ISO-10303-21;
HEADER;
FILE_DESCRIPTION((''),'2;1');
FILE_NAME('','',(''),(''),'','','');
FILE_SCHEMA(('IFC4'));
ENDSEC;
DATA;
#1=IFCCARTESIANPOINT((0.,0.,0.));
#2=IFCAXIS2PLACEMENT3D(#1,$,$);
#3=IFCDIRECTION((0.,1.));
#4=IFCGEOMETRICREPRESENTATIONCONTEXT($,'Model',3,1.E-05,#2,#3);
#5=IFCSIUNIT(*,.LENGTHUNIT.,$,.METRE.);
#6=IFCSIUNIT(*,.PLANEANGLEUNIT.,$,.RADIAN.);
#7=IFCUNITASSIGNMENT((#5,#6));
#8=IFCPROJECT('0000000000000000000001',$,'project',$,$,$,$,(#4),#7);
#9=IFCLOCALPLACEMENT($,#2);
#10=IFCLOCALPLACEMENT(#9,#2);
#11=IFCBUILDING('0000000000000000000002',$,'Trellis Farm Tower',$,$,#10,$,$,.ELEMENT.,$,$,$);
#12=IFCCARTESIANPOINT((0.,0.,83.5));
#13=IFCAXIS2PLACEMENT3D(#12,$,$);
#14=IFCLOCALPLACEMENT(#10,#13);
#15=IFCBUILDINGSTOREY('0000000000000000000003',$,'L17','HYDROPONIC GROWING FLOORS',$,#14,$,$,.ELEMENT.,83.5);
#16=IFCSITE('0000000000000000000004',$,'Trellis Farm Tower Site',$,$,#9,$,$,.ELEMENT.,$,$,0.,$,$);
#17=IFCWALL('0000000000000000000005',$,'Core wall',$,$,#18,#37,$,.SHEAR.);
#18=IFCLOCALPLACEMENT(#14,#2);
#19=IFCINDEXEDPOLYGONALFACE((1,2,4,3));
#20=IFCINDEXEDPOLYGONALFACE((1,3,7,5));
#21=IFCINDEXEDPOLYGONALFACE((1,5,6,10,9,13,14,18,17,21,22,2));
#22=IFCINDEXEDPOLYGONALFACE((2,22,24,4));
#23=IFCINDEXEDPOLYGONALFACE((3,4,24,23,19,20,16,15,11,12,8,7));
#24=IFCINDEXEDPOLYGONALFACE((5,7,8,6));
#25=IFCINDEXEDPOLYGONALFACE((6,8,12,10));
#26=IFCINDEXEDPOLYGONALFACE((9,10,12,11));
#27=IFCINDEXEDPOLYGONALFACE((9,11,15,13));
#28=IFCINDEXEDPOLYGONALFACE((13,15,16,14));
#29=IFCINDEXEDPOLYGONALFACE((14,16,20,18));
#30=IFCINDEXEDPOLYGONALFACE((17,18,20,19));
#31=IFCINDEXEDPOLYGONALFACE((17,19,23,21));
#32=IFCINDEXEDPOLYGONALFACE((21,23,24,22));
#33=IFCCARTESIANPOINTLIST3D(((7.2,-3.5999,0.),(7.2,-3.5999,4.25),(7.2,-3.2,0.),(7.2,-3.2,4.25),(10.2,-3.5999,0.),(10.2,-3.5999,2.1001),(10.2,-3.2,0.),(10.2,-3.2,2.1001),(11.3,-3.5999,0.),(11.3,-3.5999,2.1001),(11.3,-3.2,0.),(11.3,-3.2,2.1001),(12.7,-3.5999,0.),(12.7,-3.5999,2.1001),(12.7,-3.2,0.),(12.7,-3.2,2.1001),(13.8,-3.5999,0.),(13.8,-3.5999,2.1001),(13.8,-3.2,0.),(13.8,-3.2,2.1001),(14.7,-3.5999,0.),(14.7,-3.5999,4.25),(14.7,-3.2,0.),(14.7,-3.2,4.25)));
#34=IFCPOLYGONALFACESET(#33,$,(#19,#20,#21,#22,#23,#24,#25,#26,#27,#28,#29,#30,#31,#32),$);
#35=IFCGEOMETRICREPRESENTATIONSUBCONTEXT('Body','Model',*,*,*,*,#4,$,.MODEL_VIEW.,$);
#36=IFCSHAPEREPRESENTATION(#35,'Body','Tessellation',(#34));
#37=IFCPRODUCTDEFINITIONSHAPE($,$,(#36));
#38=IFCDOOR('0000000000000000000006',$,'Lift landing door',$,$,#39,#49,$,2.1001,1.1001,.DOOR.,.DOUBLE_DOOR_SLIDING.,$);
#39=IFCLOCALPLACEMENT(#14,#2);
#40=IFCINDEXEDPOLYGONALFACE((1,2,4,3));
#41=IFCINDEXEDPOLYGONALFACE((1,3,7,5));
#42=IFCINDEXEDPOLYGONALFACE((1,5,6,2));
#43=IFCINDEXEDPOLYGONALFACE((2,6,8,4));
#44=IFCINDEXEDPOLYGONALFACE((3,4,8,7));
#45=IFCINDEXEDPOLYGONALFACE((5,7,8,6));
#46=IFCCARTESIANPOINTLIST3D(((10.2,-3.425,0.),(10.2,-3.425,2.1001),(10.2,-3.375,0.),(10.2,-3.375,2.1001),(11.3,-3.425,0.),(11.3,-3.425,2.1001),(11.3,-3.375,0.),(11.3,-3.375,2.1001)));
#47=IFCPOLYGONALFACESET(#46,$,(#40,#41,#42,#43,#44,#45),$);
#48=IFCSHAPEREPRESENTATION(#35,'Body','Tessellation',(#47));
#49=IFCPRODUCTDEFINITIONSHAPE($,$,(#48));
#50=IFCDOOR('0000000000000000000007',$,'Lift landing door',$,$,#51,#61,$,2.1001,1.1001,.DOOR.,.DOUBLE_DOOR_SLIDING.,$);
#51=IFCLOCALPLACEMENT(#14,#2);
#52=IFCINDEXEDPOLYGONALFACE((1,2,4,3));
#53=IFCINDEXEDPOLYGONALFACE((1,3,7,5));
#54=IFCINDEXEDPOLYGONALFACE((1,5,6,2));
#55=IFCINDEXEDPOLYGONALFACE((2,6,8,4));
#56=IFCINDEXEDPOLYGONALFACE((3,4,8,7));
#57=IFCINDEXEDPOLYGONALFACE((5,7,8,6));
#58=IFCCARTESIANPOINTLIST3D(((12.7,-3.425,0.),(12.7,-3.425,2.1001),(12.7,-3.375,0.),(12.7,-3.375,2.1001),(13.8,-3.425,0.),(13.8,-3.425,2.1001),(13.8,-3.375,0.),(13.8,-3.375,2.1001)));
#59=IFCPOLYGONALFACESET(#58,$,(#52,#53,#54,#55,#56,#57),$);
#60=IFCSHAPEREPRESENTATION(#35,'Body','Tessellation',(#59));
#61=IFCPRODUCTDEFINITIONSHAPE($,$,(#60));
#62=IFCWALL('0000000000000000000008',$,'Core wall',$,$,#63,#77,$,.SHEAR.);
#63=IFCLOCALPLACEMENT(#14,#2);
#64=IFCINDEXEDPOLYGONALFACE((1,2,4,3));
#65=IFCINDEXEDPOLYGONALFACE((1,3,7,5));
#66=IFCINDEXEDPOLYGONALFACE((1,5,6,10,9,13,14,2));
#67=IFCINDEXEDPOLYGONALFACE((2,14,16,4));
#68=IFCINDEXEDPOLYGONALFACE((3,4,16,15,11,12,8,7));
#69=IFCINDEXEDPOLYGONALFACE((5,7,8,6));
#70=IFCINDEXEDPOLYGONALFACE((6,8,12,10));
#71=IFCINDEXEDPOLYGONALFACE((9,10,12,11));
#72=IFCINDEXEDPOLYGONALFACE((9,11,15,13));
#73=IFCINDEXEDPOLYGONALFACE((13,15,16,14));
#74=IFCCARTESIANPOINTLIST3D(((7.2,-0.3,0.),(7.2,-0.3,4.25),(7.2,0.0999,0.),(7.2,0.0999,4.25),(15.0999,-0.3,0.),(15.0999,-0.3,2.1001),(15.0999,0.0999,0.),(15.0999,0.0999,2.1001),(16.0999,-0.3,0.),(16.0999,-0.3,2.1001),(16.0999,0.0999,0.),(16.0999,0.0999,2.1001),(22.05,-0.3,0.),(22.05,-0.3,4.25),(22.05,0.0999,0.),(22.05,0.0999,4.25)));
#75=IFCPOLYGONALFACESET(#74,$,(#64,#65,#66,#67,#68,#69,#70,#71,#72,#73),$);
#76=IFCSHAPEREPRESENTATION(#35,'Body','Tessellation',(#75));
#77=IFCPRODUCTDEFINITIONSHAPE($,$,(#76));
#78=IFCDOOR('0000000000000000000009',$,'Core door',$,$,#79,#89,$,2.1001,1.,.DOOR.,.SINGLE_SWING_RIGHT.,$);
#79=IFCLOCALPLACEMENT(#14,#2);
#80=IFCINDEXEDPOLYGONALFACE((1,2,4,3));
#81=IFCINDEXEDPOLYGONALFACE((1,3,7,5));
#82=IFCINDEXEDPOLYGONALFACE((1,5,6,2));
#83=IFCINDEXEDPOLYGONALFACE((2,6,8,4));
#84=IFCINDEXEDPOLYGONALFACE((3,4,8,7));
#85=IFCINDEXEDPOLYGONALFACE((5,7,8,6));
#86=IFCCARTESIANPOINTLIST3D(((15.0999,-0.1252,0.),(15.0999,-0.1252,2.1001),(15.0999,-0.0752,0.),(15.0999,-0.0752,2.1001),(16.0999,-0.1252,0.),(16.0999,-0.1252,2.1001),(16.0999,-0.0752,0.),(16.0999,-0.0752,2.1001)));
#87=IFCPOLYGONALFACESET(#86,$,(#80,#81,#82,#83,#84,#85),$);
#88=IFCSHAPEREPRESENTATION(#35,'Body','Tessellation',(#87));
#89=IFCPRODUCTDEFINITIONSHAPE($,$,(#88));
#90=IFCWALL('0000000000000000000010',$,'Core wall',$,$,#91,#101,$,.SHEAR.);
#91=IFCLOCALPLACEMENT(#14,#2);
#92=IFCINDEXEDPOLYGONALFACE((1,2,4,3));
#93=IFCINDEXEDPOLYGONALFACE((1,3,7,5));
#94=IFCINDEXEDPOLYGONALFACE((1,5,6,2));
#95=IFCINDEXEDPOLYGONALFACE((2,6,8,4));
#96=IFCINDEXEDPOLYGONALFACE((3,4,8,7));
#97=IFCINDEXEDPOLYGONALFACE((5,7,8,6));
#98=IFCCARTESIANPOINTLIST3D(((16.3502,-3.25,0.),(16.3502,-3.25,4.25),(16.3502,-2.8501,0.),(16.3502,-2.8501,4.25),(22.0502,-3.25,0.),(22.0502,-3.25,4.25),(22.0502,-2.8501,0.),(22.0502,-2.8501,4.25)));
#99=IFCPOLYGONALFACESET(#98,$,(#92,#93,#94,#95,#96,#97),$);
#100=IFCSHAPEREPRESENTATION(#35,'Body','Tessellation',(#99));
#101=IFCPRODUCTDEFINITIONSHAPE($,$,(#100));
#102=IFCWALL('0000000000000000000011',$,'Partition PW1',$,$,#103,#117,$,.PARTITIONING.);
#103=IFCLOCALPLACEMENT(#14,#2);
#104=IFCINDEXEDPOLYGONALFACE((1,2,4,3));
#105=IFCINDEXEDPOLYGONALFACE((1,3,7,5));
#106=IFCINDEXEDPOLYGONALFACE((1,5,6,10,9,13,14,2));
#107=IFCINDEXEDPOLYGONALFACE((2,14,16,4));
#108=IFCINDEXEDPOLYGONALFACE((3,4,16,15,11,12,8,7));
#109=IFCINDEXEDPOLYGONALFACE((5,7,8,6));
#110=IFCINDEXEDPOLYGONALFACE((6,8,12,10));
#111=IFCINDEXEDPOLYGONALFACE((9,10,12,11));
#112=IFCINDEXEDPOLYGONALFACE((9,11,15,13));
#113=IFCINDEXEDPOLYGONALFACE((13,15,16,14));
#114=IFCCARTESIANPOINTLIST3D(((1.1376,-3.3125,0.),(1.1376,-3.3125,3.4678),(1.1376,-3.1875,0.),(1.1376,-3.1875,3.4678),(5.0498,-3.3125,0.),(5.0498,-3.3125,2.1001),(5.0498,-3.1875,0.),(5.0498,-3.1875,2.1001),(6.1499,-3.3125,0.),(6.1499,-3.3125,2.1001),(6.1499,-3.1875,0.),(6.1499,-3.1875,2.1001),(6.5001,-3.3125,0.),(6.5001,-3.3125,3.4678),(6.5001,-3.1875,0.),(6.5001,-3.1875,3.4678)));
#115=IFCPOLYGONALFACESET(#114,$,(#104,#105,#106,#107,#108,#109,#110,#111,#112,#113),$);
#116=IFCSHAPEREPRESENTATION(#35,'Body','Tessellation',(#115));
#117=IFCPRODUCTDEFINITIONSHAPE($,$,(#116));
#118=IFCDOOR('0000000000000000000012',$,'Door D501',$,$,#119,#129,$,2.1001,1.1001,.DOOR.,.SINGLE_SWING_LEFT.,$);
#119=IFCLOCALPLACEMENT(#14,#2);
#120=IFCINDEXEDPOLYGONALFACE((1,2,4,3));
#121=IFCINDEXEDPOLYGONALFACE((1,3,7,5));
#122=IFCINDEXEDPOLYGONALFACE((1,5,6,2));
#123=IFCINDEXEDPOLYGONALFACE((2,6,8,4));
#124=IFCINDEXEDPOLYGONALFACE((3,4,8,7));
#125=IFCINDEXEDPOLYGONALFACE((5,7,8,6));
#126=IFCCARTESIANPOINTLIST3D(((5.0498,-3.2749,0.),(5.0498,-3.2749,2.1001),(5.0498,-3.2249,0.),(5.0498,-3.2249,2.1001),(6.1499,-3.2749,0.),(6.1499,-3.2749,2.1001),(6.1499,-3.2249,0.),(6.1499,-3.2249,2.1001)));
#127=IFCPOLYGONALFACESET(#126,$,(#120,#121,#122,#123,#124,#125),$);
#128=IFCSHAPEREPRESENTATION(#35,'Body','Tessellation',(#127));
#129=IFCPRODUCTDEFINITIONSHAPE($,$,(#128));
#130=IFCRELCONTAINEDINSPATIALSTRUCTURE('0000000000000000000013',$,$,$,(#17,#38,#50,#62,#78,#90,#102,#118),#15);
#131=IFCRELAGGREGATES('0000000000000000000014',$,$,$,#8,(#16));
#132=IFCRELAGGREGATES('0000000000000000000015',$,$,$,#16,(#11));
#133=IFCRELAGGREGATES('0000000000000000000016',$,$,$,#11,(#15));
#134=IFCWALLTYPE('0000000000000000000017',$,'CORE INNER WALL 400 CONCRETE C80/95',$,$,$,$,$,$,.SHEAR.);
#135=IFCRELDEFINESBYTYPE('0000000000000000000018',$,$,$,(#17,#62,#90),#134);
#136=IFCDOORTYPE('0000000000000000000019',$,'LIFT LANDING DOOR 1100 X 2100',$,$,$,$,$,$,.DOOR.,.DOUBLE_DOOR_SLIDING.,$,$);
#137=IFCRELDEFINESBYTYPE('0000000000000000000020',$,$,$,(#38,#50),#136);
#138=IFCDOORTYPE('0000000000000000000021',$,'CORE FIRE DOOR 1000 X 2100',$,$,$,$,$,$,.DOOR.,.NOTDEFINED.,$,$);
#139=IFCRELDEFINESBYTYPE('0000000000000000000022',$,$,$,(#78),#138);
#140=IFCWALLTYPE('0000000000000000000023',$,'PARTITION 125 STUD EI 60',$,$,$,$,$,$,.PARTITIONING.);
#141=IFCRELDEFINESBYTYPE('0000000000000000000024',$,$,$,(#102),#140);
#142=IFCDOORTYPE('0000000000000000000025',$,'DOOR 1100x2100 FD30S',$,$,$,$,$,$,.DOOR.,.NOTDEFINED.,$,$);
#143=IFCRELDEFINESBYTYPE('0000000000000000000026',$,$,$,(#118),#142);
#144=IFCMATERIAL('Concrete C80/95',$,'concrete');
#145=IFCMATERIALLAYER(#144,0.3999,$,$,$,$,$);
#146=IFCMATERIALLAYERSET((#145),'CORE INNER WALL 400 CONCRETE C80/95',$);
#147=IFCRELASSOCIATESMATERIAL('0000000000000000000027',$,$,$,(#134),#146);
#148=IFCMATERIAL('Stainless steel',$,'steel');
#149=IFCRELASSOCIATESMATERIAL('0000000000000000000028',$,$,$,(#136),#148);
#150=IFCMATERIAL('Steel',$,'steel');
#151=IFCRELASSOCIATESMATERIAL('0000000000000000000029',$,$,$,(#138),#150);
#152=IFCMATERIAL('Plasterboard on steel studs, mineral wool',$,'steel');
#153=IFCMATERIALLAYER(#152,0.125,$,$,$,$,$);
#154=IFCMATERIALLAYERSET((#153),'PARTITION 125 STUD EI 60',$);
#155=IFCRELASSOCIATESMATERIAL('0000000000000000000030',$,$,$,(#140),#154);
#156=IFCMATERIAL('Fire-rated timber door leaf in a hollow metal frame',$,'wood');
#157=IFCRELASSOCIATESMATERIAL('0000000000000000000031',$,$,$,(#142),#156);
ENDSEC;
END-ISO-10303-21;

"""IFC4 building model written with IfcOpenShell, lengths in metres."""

from ifc_helpers import new_model, si_unit, direction, frame, frame_2d, origin, place, context, subcontext, project, spatial, rectangle, extrude, source, transform, mapped, material, layer, layer_set, type_object, element, fill, save


model = new_model("IFC4")

# Units and contexts
model_context = context("Model", 3, precision=1e-05, world=origin(), true_north=direction((0.0, 1.0)))
body_context = subcontext(model_context, "Body", "Model", "MODEL_VIEW")
ifc_project = project(units=[si_unit("LENGTHUNIT", "METRE"), si_unit("PLANEANGLEUNIT", "RADIAN")], contexts=[model_context])

# Site, building, storey
site_placement = place(None, origin())
site = spatial("IfcSite", under=ifc_project, at=site_placement, Name="Trellis Farm Tower Site", CompositionType="ELEMENT", RefElevation=0.0)
building_placement = place(site_placement, origin())
building = spatial("IfcBuilding", under=site, at=building_placement, Name="Trellis Farm Tower", CompositionType="ELEMENT")
storey_placement = place(building_placement, frame((0.0, 0.0, 83.5)))
storey = spatial("IfcBuildingStorey", under=building, at=storey_placement, Name="L17", Description="HYDROPONIC GROWING FLOORS", CompositionType="ELEMENT", Elevation=83.5)

# Shared definitions
ifc_material_1 = material(Name="Concrete C80/95", Category="concrete")

# Wall, openings, doors
ifc_layer_1 = layer(ifc_material_1, 0.3999)
ifc_layer_set_1 = layer_set([ifc_layer_1], Name="CORE INNER WALL 400 CONCRETE C80/95")
wall_type_1 = type_object("IfcWallType", Name="CORE INNER WALL 400 CONCRETE C80/95", PredefinedType="SHEAR", material=ifc_layer_set_1)
shared_shape_1 = source(origin(), body_context, "Body", "SweptSolid", [
    extrude(rectangle(XDim=7.5, YDim=0.3999, at=frame_2d((3.75, 0.0))), origin(), (0.0, 0.0, 1.0), 4.25),
])
wall_1_placement = place(storey_placement, frame((7.2, -3.3999, 0.0), z_axis=(0.0, 0.0, 1.0), x_axis=(1.0, 0.0, 0.0)))
wall_1 = element("IfcWall", 1, at=wall_1_placement, inside=storey, type_object=wall_type_1, Name="Core wall", PredefinedType="SHEAR", context=body_context, shape_type="MappedRepresentation", body=[
    mapped(shared_shape_1, transform((0.0, 0.0, 0.0))),
])
shared_shape_2 = source(origin(), body_context, "Body", "SweptSolid", [
    extrude(rectangle(XDim=1.1001, YDim=2.1001, at=frame_2d((0.55, 1.05))), frame((0.0, 0.21, 0.0), z_axis=(0.0, -1.0, 0.0), x_axis=(1.0, 0.0, 0.0)), (0.0, 0.0, 1.0), 0.4199),
])
opening_1_placement = place(wall_1_placement, frame((3.0, 0.0, 0.0)))
opening_1 = element("IfcOpeningElement", 2, at=opening_1_placement, cuts=wall_1, PredefinedType="OPENING", context=body_context, shape_type="MappedRepresentation", body=[
    mapped(shared_shape_2, transform((0.0, 0.0, 0.0))),
])
opening_2_placement = place(wall_1_placement, frame((5.5, 0.0, 0.0)))
opening_2 = element("IfcOpeningElement", 3, at=opening_2_placement, cuts=wall_1, PredefinedType="OPENING", context=body_context, shape_type="MappedRepresentation", body=[
    mapped(shared_shape_2, transform((0.0, 0.0, 0.0))),
])
ifc_material_2 = material(Name="Stainless steel", Category="steel")
door_type_1 = type_object("IfcDoorType", Name="LIFT LANDING DOOR 1100 X 2100", OperationType="DOUBLE_DOOR_SLIDING", PredefinedType="DOOR", material=ifc_material_2)
shared_shape_3 = source(origin(), body_context, "Body", "SweptSolid", [
    extrude(rectangle(XDim=1.1001, YDim=2.1001, at=frame_2d((0.55, 1.05))), frame((0.0, 0.0249, 0.0), z_axis=(0.0, -1.0, 0.0), x_axis=(1.0, 0.0, 0.0)), (0.0, 0.0, 1.0), 0.05),
])
door_1_placement = place(opening_1_placement, origin())
door_1 = element("IfcDoor", 4, at=door_1_placement, inside=storey, type_object=door_type_1, Name="Lift landing door", OperationType="DOUBLE_DOOR_SLIDING", OverallHeight=2.1001, OverallWidth=1.1001, PredefinedType="DOOR", context=body_context, shape_type="MappedRepresentation", body=[
    mapped(shared_shape_3, transform((0.0, 0.0, 0.0))),
])
fill(opening_1, door_1)
door_2_placement = place(opening_2_placement, origin())
door_2 = element("IfcDoor", 5, at=door_2_placement, inside=storey, type_object=door_type_1, Name="Lift landing door", OperationType="DOUBLE_DOOR_SLIDING", OverallHeight=2.1001, OverallWidth=1.1001, PredefinedType="DOOR", context=body_context, shape_type="MappedRepresentation", body=[
    mapped(shared_shape_3, transform((0.0, 0.0, 0.0))),
])
fill(opening_2, door_2)

# Wall, opening, door
shared_shape_4 = source(origin(), body_context, "Body", "SweptSolid", [
    extrude(rectangle(XDim=14.8501, YDim=0.3999, at=frame_2d((7.425, 0.0))), origin(), (0.0, 0.0, 1.0), 4.25),
])
wall_2_placement = place(storey_placement, frame((7.2, -0.1001, 0.0), z_axis=(0.0, 0.0, 1.0), x_axis=(1.0, 0.0, 0.0)))
wall_2 = element("IfcWall", 6, at=wall_2_placement, inside=storey, type_object=wall_type_1, Name="Core wall", PredefinedType="SHEAR", context=body_context, shape_type="MappedRepresentation", body=[
    mapped(shared_shape_4, transform((0.0, 0.0, 0.0))),
])
shared_shape_5 = source(origin(), body_context, "Body", "SweptSolid", [
    extrude(rectangle(XDim=1.0, YDim=2.1001, at=frame_2d((0.5, 1.05))), frame((0.0, 0.21, 0.0), z_axis=(0.0, -1.0, 0.0), x_axis=(1.0, 0.0, 0.0)), (0.0, 0.0, 1.0), 0.4199),
])
opening_3_placement = place(wall_2_placement, frame((7.8999, 0.0, 0.0)))
opening_3 = element("IfcOpeningElement", 7, at=opening_3_placement, cuts=wall_2, PredefinedType="OPENING", context=body_context, shape_type="MappedRepresentation", body=[
    mapped(shared_shape_5, transform((0.0, 0.0, 0.0))),
])
ifc_material_3 = material(Name="Steel", Category="steel")
door_type_2 = type_object("IfcDoorType", Name="CORE FIRE DOOR 1000 X 2100", OperationType="NOTDEFINED", PredefinedType="DOOR", material=ifc_material_3)
shared_shape_6 = source(origin(), body_context, "Body", "SweptSolid", [
    extrude(rectangle(XDim=1.0, YDim=2.1001, at=frame_2d((0.5, 1.05))), frame((0.0, 0.0249, 0.0), z_axis=(0.0, -1.0, 0.0), x_axis=(1.0, 0.0, 0.0)), (0.0, 0.0, 1.0), 0.05),
])
door_3_placement = place(opening_3_placement, origin())
door_3 = element("IfcDoor", 8, at=door_3_placement, inside=storey, type_object=door_type_2, Name="Core door", OperationType="SINGLE_SWING_RIGHT", OverallHeight=2.1001, OverallWidth=1.0, PredefinedType="DOOR", context=body_context, shape_type="MappedRepresentation", body=[
    mapped(shared_shape_6, transform((0.0, 0.0, 0.0))),
])
fill(opening_3, door_3)

# Wall
shared_shape_7 = source(origin(), body_context, "Body", "SweptSolid", [
    extrude(rectangle(XDim=5.7, YDim=0.3999, at=frame_2d((2.8501, 0.0))), origin(), (0.0, 0.0, 1.0), 4.25),
])
wall_3_placement = place(storey_placement, frame((16.3501, -3.05, 0.0), z_axis=(0.0, 0.0, 1.0), x_axis=(1.0, 0.0, 0.0)))
element("IfcWall", 9, at=wall_3_placement, inside=storey, type_object=wall_type_1, Name="Core wall", PredefinedType="SHEAR", context=body_context, shape_type="MappedRepresentation", body=[
    mapped(shared_shape_7, transform((0.0, 0.0, 0.0))),
])

# Wall, opening, door
ifc_material_4 = material(Name="Plasterboard on steel studs, mineral wool", Category="steel")
ifc_layer_2 = layer(ifc_material_4, 0.125)
ifc_layer_set_2 = layer_set([ifc_layer_2], Name="PARTITION 125 STUD EI 60")
wall_type_2 = type_object("IfcWallType", Name="PARTITION 125 STUD EI 60", PredefinedType="PARTITIONING", material=ifc_layer_set_2)
shared_shape_8 = source(origin(), body_context, "Body", "SweptSolid", [
    extrude(rectangle(XDim=5.3625, YDim=0.125, at=frame_2d((2.6812, 0.0))), origin(), (0.0, 0.0, 1.0), 3.4678),
])
wall_4_placement = place(storey_placement, frame((6.5, -3.25, 0.0), z_axis=(0.0, 0.0, 1.0), x_axis=(-1.0, 0.0, 0.0)))
wall_4 = element("IfcWall", 10, at=wall_4_placement, inside=storey, type_object=wall_type_2, Name="Partition PW1", PredefinedType="PARTITIONING", context=body_context, shape_type="MappedRepresentation", body=[
    mapped(shared_shape_8, transform((0.0, 0.0, 0.0))),
])
shared_shape_9 = source(origin(), body_context, "Body", "SweptSolid", [
    extrude(rectangle(XDim=1.1001, YDim=2.1001, at=frame_2d((0.55, 1.05))), frame((0.0, 0.0725, 0.0), z_axis=(0.0, -1.0, 0.0), x_axis=(1.0, 0.0, 0.0)), (0.0, 0.0, 1.0), 0.145),
])
opening_4_placement = place(wall_4_placement, frame((0.3501, 0.0, 0.0)))
opening_4 = element("IfcOpeningElement", 11, at=opening_4_placement, cuts=wall_4, PredefinedType="OPENING", context=body_context, shape_type="MappedRepresentation", body=[
    mapped(shared_shape_9, transform((0.0, 0.0, 0.0))),
])
ifc_material_5 = material(Name="Fire-rated timber door leaf in a hollow metal frame", Category="wood")
door_type_3 = type_object("IfcDoorType", Name="DOOR 1100x2100 FD30S", OperationType="NOTDEFINED", PredefinedType="DOOR", material=ifc_material_5)
door_4_placement = place(opening_4_placement, origin())
door_4 = element("IfcDoor", 12, at=door_4_placement, inside=storey, type_object=door_type_3, Name="Door D501", OperationType="SINGLE_SWING_LEFT", OverallHeight=2.1001, OverallWidth=1.1001, PredefinedType="DOOR", context=body_context, shape_type="MappedRepresentation", body=[
    mapped(shared_shape_3, transform((0.0, 0.0, 0.0))),
])
fill(opening_4, door_4)

save(model, "model.ifc")
